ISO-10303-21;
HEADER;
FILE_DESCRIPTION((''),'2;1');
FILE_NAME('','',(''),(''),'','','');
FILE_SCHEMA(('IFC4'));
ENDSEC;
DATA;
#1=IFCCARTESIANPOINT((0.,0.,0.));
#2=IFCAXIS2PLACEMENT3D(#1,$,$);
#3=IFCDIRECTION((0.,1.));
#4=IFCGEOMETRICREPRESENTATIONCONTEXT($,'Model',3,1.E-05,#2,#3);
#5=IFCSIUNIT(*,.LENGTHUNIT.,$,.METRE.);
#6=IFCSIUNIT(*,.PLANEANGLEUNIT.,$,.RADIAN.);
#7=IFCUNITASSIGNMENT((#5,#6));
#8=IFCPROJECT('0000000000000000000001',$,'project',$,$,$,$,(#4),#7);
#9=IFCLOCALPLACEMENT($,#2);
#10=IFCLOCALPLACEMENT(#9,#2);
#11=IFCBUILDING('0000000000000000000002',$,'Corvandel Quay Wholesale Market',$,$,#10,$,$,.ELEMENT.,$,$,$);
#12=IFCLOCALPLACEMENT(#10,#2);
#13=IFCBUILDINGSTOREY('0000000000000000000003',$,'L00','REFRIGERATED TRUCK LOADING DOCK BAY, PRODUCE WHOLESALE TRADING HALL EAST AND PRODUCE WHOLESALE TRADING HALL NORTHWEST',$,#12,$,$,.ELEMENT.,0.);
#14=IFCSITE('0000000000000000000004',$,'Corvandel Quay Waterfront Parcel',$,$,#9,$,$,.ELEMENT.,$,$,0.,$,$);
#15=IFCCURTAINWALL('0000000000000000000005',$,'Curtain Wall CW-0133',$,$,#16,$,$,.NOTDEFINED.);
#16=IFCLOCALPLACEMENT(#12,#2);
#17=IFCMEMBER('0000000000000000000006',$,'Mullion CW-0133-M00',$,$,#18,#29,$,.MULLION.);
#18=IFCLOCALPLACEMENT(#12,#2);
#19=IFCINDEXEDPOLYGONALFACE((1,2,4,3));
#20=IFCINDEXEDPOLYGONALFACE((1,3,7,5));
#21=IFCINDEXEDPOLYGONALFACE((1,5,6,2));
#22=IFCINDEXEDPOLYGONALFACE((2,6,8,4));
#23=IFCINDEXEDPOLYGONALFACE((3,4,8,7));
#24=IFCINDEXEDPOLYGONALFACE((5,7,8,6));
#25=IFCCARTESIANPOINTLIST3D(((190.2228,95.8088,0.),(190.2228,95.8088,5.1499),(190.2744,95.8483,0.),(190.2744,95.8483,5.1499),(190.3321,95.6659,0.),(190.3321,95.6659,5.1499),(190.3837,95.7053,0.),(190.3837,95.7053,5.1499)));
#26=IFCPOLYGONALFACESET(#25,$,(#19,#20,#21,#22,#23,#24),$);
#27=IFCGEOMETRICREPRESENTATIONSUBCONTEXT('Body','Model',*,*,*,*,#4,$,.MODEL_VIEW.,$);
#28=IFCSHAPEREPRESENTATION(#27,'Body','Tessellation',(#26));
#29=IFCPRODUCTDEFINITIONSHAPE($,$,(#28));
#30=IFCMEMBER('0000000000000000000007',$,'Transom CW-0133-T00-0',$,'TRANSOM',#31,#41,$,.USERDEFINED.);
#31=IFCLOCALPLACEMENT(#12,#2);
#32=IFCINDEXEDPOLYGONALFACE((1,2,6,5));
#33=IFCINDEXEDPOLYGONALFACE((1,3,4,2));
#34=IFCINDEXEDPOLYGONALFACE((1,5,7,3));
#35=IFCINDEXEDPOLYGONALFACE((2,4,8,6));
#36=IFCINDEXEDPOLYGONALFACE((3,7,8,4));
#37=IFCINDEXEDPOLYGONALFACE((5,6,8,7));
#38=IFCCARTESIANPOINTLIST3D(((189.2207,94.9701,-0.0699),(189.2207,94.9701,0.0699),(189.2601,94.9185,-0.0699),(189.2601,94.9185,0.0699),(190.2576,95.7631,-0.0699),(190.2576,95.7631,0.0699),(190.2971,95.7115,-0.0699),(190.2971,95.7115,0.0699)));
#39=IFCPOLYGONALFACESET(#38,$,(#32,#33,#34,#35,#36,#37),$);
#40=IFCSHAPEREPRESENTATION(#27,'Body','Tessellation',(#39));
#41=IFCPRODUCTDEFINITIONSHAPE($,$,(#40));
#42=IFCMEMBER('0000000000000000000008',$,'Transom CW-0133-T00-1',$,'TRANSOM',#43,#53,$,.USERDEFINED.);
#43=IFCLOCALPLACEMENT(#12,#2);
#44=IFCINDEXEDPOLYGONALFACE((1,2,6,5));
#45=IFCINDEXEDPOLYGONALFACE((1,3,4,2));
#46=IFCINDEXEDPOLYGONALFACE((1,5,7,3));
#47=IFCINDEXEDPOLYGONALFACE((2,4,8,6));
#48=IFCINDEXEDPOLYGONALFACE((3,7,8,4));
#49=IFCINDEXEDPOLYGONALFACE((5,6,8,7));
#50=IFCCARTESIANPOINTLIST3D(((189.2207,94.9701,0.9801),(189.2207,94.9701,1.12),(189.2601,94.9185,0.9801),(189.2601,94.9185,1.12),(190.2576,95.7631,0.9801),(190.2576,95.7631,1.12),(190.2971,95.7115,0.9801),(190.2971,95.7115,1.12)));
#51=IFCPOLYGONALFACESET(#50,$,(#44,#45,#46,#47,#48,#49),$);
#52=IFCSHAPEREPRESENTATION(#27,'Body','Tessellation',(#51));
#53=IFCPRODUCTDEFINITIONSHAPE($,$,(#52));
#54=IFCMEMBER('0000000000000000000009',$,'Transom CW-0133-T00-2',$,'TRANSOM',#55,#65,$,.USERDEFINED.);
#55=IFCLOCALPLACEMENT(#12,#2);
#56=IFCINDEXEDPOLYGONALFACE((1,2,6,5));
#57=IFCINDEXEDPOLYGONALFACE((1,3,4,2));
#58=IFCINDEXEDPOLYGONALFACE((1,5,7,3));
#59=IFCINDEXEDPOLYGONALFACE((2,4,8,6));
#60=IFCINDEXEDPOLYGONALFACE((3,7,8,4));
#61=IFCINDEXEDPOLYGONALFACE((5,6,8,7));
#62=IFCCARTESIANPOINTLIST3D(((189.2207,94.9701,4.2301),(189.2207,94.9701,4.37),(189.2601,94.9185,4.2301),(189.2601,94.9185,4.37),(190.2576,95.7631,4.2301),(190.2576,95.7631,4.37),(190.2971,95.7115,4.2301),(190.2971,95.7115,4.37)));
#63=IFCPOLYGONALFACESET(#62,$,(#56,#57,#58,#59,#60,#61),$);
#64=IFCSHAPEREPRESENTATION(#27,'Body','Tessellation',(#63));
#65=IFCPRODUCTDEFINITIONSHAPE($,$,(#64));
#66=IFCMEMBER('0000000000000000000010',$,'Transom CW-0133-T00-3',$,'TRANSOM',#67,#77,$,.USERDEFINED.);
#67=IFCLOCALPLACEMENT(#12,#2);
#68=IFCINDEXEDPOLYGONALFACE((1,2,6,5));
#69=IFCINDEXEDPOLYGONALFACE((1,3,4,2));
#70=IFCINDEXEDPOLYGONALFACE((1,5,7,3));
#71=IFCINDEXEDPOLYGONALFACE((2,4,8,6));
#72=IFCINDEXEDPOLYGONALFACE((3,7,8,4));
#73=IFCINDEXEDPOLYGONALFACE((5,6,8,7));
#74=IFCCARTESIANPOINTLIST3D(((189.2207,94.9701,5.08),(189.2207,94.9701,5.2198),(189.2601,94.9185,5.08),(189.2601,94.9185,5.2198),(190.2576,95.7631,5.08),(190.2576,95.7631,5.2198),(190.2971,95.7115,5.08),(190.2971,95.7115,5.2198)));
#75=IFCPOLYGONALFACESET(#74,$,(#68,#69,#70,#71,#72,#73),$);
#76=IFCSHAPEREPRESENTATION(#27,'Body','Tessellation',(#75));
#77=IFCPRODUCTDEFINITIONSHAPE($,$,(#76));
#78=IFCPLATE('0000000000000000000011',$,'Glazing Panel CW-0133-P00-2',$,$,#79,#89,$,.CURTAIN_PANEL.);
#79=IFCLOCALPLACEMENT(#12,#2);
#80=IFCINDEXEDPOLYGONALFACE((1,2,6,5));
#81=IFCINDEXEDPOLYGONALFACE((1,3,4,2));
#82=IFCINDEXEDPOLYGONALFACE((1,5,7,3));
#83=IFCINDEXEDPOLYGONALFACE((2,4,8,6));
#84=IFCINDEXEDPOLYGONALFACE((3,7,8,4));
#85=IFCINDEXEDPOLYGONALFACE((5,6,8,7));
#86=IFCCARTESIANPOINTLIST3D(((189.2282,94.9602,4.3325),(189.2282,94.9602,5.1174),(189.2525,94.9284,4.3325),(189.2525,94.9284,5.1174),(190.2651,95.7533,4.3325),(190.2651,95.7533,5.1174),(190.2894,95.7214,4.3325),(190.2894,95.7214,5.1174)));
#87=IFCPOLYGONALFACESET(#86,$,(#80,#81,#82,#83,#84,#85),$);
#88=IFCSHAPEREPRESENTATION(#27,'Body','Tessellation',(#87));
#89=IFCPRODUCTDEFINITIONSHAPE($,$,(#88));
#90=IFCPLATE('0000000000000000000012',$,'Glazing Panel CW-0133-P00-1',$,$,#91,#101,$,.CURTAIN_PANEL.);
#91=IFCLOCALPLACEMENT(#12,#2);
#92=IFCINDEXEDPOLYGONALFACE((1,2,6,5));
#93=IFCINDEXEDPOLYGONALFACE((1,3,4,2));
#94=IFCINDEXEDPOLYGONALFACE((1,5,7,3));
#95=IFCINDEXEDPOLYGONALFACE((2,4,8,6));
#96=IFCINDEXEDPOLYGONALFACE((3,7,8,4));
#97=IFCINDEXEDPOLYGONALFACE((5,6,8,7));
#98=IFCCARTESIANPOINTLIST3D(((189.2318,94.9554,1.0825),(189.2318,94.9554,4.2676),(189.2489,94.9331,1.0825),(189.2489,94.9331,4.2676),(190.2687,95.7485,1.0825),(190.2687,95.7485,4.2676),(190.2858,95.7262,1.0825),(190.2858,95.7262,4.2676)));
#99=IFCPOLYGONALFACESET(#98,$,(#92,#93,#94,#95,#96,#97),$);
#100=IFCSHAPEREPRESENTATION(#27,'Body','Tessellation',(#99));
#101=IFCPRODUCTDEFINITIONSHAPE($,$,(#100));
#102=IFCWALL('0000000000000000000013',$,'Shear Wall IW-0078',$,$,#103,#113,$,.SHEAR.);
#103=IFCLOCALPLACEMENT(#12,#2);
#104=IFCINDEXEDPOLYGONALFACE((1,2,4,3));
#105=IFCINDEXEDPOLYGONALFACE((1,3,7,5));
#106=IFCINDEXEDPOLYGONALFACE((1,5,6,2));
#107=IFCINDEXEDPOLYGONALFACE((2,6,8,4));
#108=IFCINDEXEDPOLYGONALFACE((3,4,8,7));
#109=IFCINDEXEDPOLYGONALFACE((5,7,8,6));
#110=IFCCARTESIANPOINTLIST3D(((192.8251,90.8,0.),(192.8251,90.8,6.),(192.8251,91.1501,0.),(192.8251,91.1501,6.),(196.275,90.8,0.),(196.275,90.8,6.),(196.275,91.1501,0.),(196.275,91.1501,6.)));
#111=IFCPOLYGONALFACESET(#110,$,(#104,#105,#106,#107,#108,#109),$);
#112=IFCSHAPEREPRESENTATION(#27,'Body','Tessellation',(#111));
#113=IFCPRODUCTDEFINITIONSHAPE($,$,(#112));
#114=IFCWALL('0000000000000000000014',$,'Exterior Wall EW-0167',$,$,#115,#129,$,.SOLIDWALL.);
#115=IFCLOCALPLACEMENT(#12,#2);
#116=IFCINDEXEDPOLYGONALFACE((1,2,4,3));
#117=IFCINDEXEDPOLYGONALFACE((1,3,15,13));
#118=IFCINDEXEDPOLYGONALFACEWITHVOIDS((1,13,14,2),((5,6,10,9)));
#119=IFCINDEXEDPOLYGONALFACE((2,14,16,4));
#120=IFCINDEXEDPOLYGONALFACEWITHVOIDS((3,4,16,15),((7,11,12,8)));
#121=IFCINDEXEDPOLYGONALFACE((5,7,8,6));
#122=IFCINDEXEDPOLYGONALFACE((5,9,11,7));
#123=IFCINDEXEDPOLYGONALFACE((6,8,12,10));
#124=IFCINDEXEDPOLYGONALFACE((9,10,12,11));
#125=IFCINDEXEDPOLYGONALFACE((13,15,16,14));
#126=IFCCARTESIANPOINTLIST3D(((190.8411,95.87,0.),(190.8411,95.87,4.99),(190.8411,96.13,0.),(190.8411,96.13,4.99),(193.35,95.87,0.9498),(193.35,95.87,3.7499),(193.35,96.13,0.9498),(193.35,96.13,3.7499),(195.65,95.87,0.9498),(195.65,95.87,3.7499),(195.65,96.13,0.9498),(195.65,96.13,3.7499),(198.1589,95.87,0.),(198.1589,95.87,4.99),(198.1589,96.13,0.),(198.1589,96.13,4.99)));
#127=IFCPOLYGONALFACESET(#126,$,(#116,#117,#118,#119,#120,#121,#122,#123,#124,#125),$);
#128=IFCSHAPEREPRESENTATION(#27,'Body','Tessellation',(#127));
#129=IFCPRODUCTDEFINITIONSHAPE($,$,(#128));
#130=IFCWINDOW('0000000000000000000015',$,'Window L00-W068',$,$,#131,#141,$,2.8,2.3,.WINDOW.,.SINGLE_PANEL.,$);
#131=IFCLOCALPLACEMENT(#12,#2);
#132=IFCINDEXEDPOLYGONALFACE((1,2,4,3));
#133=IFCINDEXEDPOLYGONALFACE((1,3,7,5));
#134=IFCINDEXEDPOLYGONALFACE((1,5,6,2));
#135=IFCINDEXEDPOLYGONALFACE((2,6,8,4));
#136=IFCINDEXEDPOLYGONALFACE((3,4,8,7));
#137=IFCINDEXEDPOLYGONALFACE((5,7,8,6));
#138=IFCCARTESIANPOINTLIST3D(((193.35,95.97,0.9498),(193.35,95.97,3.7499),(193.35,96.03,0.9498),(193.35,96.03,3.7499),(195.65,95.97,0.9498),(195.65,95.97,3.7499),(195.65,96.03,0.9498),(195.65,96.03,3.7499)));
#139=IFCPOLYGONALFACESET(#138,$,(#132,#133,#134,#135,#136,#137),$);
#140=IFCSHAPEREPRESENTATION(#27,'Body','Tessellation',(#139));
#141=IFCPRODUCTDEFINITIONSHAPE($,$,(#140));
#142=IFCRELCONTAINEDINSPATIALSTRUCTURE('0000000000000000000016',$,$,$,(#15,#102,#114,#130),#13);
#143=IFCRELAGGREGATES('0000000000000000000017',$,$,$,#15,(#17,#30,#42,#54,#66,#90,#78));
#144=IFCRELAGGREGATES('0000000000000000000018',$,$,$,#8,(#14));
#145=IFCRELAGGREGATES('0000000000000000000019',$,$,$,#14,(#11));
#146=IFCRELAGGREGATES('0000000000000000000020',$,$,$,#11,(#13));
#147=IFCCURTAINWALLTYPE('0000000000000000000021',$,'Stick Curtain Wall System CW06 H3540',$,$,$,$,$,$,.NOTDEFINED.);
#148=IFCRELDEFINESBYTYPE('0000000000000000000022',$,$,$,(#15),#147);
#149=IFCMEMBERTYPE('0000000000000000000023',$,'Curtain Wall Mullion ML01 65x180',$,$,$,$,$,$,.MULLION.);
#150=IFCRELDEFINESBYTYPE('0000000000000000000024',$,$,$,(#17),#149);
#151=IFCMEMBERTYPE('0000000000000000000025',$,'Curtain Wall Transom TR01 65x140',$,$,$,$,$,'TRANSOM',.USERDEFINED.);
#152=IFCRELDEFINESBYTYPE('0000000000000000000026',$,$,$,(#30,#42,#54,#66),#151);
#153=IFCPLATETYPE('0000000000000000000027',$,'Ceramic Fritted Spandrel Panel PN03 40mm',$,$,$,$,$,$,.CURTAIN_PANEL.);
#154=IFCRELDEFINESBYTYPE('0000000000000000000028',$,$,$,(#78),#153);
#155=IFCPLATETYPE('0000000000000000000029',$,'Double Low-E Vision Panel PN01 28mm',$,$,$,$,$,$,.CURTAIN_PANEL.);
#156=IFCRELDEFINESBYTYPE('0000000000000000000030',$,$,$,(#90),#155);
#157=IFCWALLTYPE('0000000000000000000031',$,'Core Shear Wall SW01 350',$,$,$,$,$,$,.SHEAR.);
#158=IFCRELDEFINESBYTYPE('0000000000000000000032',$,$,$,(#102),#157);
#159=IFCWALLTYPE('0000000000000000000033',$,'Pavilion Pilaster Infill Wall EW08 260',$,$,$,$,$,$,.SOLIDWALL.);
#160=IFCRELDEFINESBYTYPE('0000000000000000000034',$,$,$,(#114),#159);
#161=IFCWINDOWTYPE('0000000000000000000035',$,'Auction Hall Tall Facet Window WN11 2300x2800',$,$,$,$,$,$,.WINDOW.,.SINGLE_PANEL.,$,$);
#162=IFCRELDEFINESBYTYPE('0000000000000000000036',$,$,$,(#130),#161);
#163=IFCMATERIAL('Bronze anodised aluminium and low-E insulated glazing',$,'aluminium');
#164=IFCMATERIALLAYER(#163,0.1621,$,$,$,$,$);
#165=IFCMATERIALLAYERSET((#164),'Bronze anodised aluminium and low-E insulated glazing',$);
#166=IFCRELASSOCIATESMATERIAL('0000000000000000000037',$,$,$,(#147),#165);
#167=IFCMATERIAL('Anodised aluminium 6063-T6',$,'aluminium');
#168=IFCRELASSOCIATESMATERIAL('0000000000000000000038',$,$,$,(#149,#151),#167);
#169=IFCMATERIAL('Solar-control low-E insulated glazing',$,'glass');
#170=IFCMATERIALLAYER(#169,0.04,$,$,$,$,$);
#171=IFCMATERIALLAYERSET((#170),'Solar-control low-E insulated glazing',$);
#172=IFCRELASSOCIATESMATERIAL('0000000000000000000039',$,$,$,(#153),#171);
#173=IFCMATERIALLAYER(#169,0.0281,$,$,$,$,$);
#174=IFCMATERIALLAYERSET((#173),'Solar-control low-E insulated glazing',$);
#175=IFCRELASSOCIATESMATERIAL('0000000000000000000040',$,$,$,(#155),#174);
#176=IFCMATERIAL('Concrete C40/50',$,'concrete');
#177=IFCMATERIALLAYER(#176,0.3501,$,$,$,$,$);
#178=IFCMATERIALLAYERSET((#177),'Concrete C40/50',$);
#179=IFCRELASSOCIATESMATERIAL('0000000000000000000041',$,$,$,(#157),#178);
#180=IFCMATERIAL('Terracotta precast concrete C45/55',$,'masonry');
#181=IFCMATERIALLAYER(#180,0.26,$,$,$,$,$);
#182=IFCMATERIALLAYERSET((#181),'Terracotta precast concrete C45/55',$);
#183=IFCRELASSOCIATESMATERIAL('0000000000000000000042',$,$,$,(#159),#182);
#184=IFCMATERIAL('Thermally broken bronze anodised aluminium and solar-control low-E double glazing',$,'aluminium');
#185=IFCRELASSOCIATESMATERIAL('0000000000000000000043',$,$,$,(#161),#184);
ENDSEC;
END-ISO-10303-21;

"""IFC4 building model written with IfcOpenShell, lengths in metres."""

from ifc_helpers import new_model, si_unit, direction, frame, frame_2d, origin, origin_2d, place, context, subcontext, project, spatial, rectangle, extrude, material, layer, layer_set, material_profile, profile_set, type_object, element, fill, aggregate, save


model = new_model("IFC4")

# Units and contexts
model_context = context("Model", 3, precision=1e-05, world=origin(), true_north=direction((0.0, 1.0)))
body_context = subcontext(model_context, "Body", "Model", "MODEL_VIEW")
ifc_project = project(units=[si_unit("LENGTHUNIT", "METRE"), si_unit("PLANEANGLEUNIT", "RADIAN")], contexts=[model_context])

# Site, building, storey
site_placement = place(None, origin())
site = spatial("IfcSite", under=ifc_project, at=site_placement, Name="Corvandel Quay Waterfront Parcel", CompositionType="ELEMENT", RefElevation=0.0)
building_placement = place(site_placement, origin())
building = spatial("IfcBuilding", under=site, at=building_placement, Name="Corvandel Quay Wholesale Market", CompositionType="ELEMENT")
storey_placement = place(building_placement, origin())
storey = spatial("IfcBuildingStorey", under=building, at=storey_placement, Name="L00", Description="REFRIGERATED TRUCK LOADING DOCK BAY, PRODUCE WHOLESALE TRADING HALL EAST AND PRODUCE WHOLESALE TRADING HALL NORTHWEST", CompositionType="ELEMENT", Elevation=0.0)

# Shared definitions
ifc_material_1 = material(Name="Concrete C40/50", Category="concrete")

# Curtain wall, members, plates
ifc_material_2 = material(Name="Bronze anodised aluminium and low-E insulated glazing", Category="aluminium")
ifc_layer_1 = layer(ifc_material_2, 0.1621)
ifc_layer_set_1 = layer_set([ifc_layer_1], Name="Bronze anodised aluminium and low-E insulated glazing")
curtain_wall_type = type_object("IfcCurtainWallType", Name="Stick Curtain Wall System CW06 H3540", PredefinedType="NOTDEFINED", material=ifc_layer_set_1)
curtain_wall_placement = place(storey_placement, origin())
curtain_wall = element("IfcCurtainWall", 1, at=curtain_wall_placement, inside=storey, type_object=curtain_wall_type, Name="Curtain Wall CW-0133", PredefinedType="NOTDEFINED")
ifc_material_3 = material(Name="Anodised aluminium 6063-T6", Category="aluminium")
ifc_material_profile_1 = material_profile(ifc_material_3, rectangle(XDim=0.0649, YDim=0.1799, at=origin_2d()), Name="ALU-MUL-65x180")
ifc_profile_set_1 = profile_set([ifc_material_profile_1], Name="Anodised aluminium 6063-T6")
member_type_1 = type_object("IfcMemberType", Name="Curtain Wall Mullion ML01 65x180", PredefinedType="MULLION", material=ifc_profile_set_1)
member_1_placement = place(storey_placement, frame((190.3032, 95.7571, 0.0), z_axis=(0.0, 0.0, 1.0), x_axis=(0.794309, 0.607514, 0.0)))
member_1 = element("IfcMember", 2, at=member_1_placement, type_object=member_type_1, Name="Mullion CW-0133-M00", PredefinedType="MULLION", context=body_context, shape_type="SweptSolid", body=[
    extrude(rectangle(XDim=0.0649, YDim=0.1799, at=origin_2d()), origin(), (0.0, 0.0, 1.0), 5.1499),
])
ifc_material_profile_2 = material_profile(ifc_material_3, rectangle(XDim=0.0649, YDim=0.1399, at=origin_2d()), Name="ALU-TRN-65x140")
ifc_profile_set_2 = profile_set([ifc_material_profile_2], Name="Anodised aluminium 6063-T6")
member_type_2 = type_object("IfcMemberType", Name="Curtain Wall Transom TR01 65x140", ElementType="TRANSOM", PredefinedType="USERDEFINED", material=ifc_profile_set_2)
member_2_placement = place(storey_placement, frame((190.2773, 95.7373, 0.0), z_axis=(-0.794331, -0.607485, 0.0), x_axis=(0.607485, -0.794331, 0.0)))
member_2 = element("IfcMember", 3, at=member_2_placement, type_object=member_type_2, Name="Transom CW-0133-T00-0", ObjectType="TRANSOM", PredefinedType="USERDEFINED", context=body_context, shape_type="SweptSolid", body=[
    extrude(rectangle(XDim=0.0649, YDim=0.1399, at=origin_2d()), origin(), (0.0, 0.0, 1.0), 1.3054),
])
member_3_placement = place(storey_placement, frame((190.2773, 95.7373, 1.05), z_axis=(-0.794331, -0.607485, 0.0), x_axis=(0.607485, -0.794331, 0.0)))
member_3 = element("IfcMember", 4, at=member_3_placement, type_object=member_type_2, Name="Transom CW-0133-T00-1", ObjectType="TRANSOM", PredefinedType="USERDEFINED", context=body_context, shape_type="SweptSolid", body=[
    extrude(rectangle(XDim=0.0649, YDim=0.1399, at=origin_2d()), origin(), (0.0, 0.0, 1.0), 1.3054),
])
member_4_placement = place(storey_placement, frame((190.2773, 95.7373, 4.3), z_axis=(-0.794331, -0.607485, 0.0), x_axis=(0.607485, -0.794331, 0.0)))
member_4 = element("IfcMember", 5, at=member_4_placement, type_object=member_type_2, Name="Transom CW-0133-T00-2", ObjectType="TRANSOM", PredefinedType="USERDEFINED", context=body_context, shape_type="SweptSolid", body=[
    extrude(rectangle(XDim=0.0649, YDim=0.1399, at=origin_2d()), origin(), (0.0, 0.0, 1.0), 1.3054),
])
member_5_placement = place(storey_placement, frame((190.2773, 95.7373, 5.1499), z_axis=(-0.794331, -0.607485, 0.0), x_axis=(0.607485, -0.794331, 0.0)))
member_5 = element("IfcMember", 6, at=member_5_placement, type_object=member_type_2, Name="Transom CW-0133-T00-3", ObjectType="TRANSOM", PredefinedType="USERDEFINED", context=body_context, shape_type="SweptSolid", body=[
    extrude(rectangle(XDim=0.0649, YDim=0.1399, at=origin_2d()), origin(), (0.0, 0.0, 1.0), 1.3054),
])
ifc_material_4 = material(Name="Solar-control low-E insulated glazing", Category="glass")
ifc_layer_2 = layer(ifc_material_4, 0.04)
ifc_layer_set_2 = layer_set([ifc_layer_2], Name="Solar-control low-E insulated glazing")
plate_type_1 = type_object("IfcPlateType", Name="Ceramic Fritted Spandrel Panel PN03 40mm", PredefinedType="CURTAIN_PANEL", material=ifc_layer_set_2)
plate_1_placement = place(storey_placement, frame((189.7588, 95.3408, 4.3325), z_axis=(0.0, 0.0, 1.0), x_axis=(0.794309, 0.607514, 0.0)))
plate_1 = element("IfcPlate", 7, at=plate_1_placement, type_object=plate_type_1, Name="Glazing Panel CW-0133-P00-2", PredefinedType="CURTAIN_PANEL", context=body_context, shape_type="SweptSolid", body=[
    extrude(rectangle(XDim=1.3054, YDim=0.04, at=origin_2d()), origin(), (0.0, 0.0, 1.0), 0.7849),
])
ifc_layer_3 = layer(ifc_material_4, 0.0281)
ifc_layer_set_3 = layer_set([ifc_layer_3], Name="Solar-control low-E insulated glazing")
plate_type_2 = type_object("IfcPlateType", Name="Double Low-E Vision Panel PN01 28mm", PredefinedType="CURTAIN_PANEL", material=ifc_layer_set_3)
plate_2_placement = place(storey_placement, frame((189.7588, 95.3408, 1.0825), z_axis=(0.0, 0.0, 1.0), x_axis=(0.794309, 0.607514, 0.0)))
plate_2 = element("IfcPlate", 8, at=plate_2_placement, type_object=plate_type_2, Name="Glazing Panel CW-0133-P00-1", PredefinedType="CURTAIN_PANEL", context=body_context, shape_type="SweptSolid", body=[
    extrude(rectangle(XDim=1.3054, YDim=0.0281, at=origin_2d()), origin(), (0.0, 0.0, 1.0), 3.1851),
])
aggregate(curtain_wall, [member_1, member_2, member_3, member_4, member_5, plate_2, plate_1])

# Wall
ifc_layer_4 = layer(ifc_material_1, 0.3501)
ifc_layer_set_4 = layer_set([ifc_layer_4], Name="Concrete C40/50")
wall_type_1 = type_object("IfcWallType", Name="Core Shear Wall SW01 350", PredefinedType="SHEAR", material=ifc_layer_set_4)
wall_1_placement = place(storey_placement, frame((192.825, 90.9751, 0.0), z_axis=(0.0, 0.0, 1.0), x_axis=(1.0, 0.0, 0.0)))
element("IfcWall", 9, at=wall_1_placement, inside=storey, type_object=wall_type_1, Name="Shear Wall IW-0078", PredefinedType="SHEAR", context=body_context, shape_type="SweptSolid", body=[
    extrude(rectangle(XDim=3.45, YDim=0.3501, at=frame_2d((1.7251, 0.0))), origin(), (0.0, 0.0, 1.0), 6.0),
])

# Wall, opening, window
ifc_material_5 = material(Name="Terracotta precast concrete C45/55", Category="masonry")
ifc_layer_5 = layer(ifc_material_5, 0.26)
ifc_layer_set_5 = layer_set([ifc_layer_5], Name="Terracotta precast concrete C45/55")
wall_type_2 = type_object("IfcWallType", Name="Pavilion Pilaster Infill Wall EW08 260", PredefinedType="SOLIDWALL", material=ifc_layer_set_5)
wall_2_placement = place(storey_placement, frame((198.1589, 96.0, 0.0), z_axis=(0.0, 0.0, 1.0), x_axis=(-1.0, 0.0, 0.0)))
wall_2 = element("IfcWall", 10, at=wall_2_placement, inside=storey, type_object=wall_type_2, Name="Exterior Wall EW-0167", PredefinedType="SOLIDWALL", context=body_context, shape_type="SweptSolid", body=[
    extrude(rectangle(XDim=7.3179, YDim=0.26, at=frame_2d((3.6589, 0.0))), origin(), (0.0, 0.0, 1.0), 4.99),
])
opening_placement = place(wall_2_placement, frame((2.509, 0.0, 0.95)))
opening = element("IfcOpeningElement", 11, at=opening_placement, cuts=wall_2, PredefinedType="OPENING", context=body_context, shape_type="SweptSolid", body=[
    extrude(rectangle(XDim=2.3, YDim=2.8, at=frame_2d((1.1499, 1.3999))), frame((0.0, 0.1399, 0.0), z_axis=(0.0, -1.0, 0.0), x_axis=(1.0, 0.0, 0.0)), (0.0, 0.0, 1.0), 0.28),
])
ifc_material_6 = material(Name="Thermally broken bronze anodised aluminium and solar-control low-E double glazing", Category="aluminium")
window_type = type_object("IfcWindowType", Name="Auction Hall Tall Facet Window WN11 2300x2800", PartitioningType="SINGLE_PANEL", PredefinedType="WINDOW", material=ifc_material_6)
window_placement = place(opening_placement, origin())
window = element("IfcWindow", 12, at=window_placement, inside=storey, type_object=window_type, Name="Window L00-W068", OverallHeight=2.8, OverallWidth=2.3, PartitioningType="SINGLE_PANEL", PredefinedType="WINDOW", context=body_context, shape_type="SweptSolid", body=[
    extrude(rectangle(XDim=2.3, YDim=2.8, at=frame_2d((1.1499, 1.3999))), frame((0.0, 0.03, 0.0), z_axis=(0.0, -1.0, 0.0), x_axis=(1.0, 0.0, 0.0)), (0.0, 0.0, 1.0), 0.0601),
])
fill(opening, window)

save(model, "model.ifc")
